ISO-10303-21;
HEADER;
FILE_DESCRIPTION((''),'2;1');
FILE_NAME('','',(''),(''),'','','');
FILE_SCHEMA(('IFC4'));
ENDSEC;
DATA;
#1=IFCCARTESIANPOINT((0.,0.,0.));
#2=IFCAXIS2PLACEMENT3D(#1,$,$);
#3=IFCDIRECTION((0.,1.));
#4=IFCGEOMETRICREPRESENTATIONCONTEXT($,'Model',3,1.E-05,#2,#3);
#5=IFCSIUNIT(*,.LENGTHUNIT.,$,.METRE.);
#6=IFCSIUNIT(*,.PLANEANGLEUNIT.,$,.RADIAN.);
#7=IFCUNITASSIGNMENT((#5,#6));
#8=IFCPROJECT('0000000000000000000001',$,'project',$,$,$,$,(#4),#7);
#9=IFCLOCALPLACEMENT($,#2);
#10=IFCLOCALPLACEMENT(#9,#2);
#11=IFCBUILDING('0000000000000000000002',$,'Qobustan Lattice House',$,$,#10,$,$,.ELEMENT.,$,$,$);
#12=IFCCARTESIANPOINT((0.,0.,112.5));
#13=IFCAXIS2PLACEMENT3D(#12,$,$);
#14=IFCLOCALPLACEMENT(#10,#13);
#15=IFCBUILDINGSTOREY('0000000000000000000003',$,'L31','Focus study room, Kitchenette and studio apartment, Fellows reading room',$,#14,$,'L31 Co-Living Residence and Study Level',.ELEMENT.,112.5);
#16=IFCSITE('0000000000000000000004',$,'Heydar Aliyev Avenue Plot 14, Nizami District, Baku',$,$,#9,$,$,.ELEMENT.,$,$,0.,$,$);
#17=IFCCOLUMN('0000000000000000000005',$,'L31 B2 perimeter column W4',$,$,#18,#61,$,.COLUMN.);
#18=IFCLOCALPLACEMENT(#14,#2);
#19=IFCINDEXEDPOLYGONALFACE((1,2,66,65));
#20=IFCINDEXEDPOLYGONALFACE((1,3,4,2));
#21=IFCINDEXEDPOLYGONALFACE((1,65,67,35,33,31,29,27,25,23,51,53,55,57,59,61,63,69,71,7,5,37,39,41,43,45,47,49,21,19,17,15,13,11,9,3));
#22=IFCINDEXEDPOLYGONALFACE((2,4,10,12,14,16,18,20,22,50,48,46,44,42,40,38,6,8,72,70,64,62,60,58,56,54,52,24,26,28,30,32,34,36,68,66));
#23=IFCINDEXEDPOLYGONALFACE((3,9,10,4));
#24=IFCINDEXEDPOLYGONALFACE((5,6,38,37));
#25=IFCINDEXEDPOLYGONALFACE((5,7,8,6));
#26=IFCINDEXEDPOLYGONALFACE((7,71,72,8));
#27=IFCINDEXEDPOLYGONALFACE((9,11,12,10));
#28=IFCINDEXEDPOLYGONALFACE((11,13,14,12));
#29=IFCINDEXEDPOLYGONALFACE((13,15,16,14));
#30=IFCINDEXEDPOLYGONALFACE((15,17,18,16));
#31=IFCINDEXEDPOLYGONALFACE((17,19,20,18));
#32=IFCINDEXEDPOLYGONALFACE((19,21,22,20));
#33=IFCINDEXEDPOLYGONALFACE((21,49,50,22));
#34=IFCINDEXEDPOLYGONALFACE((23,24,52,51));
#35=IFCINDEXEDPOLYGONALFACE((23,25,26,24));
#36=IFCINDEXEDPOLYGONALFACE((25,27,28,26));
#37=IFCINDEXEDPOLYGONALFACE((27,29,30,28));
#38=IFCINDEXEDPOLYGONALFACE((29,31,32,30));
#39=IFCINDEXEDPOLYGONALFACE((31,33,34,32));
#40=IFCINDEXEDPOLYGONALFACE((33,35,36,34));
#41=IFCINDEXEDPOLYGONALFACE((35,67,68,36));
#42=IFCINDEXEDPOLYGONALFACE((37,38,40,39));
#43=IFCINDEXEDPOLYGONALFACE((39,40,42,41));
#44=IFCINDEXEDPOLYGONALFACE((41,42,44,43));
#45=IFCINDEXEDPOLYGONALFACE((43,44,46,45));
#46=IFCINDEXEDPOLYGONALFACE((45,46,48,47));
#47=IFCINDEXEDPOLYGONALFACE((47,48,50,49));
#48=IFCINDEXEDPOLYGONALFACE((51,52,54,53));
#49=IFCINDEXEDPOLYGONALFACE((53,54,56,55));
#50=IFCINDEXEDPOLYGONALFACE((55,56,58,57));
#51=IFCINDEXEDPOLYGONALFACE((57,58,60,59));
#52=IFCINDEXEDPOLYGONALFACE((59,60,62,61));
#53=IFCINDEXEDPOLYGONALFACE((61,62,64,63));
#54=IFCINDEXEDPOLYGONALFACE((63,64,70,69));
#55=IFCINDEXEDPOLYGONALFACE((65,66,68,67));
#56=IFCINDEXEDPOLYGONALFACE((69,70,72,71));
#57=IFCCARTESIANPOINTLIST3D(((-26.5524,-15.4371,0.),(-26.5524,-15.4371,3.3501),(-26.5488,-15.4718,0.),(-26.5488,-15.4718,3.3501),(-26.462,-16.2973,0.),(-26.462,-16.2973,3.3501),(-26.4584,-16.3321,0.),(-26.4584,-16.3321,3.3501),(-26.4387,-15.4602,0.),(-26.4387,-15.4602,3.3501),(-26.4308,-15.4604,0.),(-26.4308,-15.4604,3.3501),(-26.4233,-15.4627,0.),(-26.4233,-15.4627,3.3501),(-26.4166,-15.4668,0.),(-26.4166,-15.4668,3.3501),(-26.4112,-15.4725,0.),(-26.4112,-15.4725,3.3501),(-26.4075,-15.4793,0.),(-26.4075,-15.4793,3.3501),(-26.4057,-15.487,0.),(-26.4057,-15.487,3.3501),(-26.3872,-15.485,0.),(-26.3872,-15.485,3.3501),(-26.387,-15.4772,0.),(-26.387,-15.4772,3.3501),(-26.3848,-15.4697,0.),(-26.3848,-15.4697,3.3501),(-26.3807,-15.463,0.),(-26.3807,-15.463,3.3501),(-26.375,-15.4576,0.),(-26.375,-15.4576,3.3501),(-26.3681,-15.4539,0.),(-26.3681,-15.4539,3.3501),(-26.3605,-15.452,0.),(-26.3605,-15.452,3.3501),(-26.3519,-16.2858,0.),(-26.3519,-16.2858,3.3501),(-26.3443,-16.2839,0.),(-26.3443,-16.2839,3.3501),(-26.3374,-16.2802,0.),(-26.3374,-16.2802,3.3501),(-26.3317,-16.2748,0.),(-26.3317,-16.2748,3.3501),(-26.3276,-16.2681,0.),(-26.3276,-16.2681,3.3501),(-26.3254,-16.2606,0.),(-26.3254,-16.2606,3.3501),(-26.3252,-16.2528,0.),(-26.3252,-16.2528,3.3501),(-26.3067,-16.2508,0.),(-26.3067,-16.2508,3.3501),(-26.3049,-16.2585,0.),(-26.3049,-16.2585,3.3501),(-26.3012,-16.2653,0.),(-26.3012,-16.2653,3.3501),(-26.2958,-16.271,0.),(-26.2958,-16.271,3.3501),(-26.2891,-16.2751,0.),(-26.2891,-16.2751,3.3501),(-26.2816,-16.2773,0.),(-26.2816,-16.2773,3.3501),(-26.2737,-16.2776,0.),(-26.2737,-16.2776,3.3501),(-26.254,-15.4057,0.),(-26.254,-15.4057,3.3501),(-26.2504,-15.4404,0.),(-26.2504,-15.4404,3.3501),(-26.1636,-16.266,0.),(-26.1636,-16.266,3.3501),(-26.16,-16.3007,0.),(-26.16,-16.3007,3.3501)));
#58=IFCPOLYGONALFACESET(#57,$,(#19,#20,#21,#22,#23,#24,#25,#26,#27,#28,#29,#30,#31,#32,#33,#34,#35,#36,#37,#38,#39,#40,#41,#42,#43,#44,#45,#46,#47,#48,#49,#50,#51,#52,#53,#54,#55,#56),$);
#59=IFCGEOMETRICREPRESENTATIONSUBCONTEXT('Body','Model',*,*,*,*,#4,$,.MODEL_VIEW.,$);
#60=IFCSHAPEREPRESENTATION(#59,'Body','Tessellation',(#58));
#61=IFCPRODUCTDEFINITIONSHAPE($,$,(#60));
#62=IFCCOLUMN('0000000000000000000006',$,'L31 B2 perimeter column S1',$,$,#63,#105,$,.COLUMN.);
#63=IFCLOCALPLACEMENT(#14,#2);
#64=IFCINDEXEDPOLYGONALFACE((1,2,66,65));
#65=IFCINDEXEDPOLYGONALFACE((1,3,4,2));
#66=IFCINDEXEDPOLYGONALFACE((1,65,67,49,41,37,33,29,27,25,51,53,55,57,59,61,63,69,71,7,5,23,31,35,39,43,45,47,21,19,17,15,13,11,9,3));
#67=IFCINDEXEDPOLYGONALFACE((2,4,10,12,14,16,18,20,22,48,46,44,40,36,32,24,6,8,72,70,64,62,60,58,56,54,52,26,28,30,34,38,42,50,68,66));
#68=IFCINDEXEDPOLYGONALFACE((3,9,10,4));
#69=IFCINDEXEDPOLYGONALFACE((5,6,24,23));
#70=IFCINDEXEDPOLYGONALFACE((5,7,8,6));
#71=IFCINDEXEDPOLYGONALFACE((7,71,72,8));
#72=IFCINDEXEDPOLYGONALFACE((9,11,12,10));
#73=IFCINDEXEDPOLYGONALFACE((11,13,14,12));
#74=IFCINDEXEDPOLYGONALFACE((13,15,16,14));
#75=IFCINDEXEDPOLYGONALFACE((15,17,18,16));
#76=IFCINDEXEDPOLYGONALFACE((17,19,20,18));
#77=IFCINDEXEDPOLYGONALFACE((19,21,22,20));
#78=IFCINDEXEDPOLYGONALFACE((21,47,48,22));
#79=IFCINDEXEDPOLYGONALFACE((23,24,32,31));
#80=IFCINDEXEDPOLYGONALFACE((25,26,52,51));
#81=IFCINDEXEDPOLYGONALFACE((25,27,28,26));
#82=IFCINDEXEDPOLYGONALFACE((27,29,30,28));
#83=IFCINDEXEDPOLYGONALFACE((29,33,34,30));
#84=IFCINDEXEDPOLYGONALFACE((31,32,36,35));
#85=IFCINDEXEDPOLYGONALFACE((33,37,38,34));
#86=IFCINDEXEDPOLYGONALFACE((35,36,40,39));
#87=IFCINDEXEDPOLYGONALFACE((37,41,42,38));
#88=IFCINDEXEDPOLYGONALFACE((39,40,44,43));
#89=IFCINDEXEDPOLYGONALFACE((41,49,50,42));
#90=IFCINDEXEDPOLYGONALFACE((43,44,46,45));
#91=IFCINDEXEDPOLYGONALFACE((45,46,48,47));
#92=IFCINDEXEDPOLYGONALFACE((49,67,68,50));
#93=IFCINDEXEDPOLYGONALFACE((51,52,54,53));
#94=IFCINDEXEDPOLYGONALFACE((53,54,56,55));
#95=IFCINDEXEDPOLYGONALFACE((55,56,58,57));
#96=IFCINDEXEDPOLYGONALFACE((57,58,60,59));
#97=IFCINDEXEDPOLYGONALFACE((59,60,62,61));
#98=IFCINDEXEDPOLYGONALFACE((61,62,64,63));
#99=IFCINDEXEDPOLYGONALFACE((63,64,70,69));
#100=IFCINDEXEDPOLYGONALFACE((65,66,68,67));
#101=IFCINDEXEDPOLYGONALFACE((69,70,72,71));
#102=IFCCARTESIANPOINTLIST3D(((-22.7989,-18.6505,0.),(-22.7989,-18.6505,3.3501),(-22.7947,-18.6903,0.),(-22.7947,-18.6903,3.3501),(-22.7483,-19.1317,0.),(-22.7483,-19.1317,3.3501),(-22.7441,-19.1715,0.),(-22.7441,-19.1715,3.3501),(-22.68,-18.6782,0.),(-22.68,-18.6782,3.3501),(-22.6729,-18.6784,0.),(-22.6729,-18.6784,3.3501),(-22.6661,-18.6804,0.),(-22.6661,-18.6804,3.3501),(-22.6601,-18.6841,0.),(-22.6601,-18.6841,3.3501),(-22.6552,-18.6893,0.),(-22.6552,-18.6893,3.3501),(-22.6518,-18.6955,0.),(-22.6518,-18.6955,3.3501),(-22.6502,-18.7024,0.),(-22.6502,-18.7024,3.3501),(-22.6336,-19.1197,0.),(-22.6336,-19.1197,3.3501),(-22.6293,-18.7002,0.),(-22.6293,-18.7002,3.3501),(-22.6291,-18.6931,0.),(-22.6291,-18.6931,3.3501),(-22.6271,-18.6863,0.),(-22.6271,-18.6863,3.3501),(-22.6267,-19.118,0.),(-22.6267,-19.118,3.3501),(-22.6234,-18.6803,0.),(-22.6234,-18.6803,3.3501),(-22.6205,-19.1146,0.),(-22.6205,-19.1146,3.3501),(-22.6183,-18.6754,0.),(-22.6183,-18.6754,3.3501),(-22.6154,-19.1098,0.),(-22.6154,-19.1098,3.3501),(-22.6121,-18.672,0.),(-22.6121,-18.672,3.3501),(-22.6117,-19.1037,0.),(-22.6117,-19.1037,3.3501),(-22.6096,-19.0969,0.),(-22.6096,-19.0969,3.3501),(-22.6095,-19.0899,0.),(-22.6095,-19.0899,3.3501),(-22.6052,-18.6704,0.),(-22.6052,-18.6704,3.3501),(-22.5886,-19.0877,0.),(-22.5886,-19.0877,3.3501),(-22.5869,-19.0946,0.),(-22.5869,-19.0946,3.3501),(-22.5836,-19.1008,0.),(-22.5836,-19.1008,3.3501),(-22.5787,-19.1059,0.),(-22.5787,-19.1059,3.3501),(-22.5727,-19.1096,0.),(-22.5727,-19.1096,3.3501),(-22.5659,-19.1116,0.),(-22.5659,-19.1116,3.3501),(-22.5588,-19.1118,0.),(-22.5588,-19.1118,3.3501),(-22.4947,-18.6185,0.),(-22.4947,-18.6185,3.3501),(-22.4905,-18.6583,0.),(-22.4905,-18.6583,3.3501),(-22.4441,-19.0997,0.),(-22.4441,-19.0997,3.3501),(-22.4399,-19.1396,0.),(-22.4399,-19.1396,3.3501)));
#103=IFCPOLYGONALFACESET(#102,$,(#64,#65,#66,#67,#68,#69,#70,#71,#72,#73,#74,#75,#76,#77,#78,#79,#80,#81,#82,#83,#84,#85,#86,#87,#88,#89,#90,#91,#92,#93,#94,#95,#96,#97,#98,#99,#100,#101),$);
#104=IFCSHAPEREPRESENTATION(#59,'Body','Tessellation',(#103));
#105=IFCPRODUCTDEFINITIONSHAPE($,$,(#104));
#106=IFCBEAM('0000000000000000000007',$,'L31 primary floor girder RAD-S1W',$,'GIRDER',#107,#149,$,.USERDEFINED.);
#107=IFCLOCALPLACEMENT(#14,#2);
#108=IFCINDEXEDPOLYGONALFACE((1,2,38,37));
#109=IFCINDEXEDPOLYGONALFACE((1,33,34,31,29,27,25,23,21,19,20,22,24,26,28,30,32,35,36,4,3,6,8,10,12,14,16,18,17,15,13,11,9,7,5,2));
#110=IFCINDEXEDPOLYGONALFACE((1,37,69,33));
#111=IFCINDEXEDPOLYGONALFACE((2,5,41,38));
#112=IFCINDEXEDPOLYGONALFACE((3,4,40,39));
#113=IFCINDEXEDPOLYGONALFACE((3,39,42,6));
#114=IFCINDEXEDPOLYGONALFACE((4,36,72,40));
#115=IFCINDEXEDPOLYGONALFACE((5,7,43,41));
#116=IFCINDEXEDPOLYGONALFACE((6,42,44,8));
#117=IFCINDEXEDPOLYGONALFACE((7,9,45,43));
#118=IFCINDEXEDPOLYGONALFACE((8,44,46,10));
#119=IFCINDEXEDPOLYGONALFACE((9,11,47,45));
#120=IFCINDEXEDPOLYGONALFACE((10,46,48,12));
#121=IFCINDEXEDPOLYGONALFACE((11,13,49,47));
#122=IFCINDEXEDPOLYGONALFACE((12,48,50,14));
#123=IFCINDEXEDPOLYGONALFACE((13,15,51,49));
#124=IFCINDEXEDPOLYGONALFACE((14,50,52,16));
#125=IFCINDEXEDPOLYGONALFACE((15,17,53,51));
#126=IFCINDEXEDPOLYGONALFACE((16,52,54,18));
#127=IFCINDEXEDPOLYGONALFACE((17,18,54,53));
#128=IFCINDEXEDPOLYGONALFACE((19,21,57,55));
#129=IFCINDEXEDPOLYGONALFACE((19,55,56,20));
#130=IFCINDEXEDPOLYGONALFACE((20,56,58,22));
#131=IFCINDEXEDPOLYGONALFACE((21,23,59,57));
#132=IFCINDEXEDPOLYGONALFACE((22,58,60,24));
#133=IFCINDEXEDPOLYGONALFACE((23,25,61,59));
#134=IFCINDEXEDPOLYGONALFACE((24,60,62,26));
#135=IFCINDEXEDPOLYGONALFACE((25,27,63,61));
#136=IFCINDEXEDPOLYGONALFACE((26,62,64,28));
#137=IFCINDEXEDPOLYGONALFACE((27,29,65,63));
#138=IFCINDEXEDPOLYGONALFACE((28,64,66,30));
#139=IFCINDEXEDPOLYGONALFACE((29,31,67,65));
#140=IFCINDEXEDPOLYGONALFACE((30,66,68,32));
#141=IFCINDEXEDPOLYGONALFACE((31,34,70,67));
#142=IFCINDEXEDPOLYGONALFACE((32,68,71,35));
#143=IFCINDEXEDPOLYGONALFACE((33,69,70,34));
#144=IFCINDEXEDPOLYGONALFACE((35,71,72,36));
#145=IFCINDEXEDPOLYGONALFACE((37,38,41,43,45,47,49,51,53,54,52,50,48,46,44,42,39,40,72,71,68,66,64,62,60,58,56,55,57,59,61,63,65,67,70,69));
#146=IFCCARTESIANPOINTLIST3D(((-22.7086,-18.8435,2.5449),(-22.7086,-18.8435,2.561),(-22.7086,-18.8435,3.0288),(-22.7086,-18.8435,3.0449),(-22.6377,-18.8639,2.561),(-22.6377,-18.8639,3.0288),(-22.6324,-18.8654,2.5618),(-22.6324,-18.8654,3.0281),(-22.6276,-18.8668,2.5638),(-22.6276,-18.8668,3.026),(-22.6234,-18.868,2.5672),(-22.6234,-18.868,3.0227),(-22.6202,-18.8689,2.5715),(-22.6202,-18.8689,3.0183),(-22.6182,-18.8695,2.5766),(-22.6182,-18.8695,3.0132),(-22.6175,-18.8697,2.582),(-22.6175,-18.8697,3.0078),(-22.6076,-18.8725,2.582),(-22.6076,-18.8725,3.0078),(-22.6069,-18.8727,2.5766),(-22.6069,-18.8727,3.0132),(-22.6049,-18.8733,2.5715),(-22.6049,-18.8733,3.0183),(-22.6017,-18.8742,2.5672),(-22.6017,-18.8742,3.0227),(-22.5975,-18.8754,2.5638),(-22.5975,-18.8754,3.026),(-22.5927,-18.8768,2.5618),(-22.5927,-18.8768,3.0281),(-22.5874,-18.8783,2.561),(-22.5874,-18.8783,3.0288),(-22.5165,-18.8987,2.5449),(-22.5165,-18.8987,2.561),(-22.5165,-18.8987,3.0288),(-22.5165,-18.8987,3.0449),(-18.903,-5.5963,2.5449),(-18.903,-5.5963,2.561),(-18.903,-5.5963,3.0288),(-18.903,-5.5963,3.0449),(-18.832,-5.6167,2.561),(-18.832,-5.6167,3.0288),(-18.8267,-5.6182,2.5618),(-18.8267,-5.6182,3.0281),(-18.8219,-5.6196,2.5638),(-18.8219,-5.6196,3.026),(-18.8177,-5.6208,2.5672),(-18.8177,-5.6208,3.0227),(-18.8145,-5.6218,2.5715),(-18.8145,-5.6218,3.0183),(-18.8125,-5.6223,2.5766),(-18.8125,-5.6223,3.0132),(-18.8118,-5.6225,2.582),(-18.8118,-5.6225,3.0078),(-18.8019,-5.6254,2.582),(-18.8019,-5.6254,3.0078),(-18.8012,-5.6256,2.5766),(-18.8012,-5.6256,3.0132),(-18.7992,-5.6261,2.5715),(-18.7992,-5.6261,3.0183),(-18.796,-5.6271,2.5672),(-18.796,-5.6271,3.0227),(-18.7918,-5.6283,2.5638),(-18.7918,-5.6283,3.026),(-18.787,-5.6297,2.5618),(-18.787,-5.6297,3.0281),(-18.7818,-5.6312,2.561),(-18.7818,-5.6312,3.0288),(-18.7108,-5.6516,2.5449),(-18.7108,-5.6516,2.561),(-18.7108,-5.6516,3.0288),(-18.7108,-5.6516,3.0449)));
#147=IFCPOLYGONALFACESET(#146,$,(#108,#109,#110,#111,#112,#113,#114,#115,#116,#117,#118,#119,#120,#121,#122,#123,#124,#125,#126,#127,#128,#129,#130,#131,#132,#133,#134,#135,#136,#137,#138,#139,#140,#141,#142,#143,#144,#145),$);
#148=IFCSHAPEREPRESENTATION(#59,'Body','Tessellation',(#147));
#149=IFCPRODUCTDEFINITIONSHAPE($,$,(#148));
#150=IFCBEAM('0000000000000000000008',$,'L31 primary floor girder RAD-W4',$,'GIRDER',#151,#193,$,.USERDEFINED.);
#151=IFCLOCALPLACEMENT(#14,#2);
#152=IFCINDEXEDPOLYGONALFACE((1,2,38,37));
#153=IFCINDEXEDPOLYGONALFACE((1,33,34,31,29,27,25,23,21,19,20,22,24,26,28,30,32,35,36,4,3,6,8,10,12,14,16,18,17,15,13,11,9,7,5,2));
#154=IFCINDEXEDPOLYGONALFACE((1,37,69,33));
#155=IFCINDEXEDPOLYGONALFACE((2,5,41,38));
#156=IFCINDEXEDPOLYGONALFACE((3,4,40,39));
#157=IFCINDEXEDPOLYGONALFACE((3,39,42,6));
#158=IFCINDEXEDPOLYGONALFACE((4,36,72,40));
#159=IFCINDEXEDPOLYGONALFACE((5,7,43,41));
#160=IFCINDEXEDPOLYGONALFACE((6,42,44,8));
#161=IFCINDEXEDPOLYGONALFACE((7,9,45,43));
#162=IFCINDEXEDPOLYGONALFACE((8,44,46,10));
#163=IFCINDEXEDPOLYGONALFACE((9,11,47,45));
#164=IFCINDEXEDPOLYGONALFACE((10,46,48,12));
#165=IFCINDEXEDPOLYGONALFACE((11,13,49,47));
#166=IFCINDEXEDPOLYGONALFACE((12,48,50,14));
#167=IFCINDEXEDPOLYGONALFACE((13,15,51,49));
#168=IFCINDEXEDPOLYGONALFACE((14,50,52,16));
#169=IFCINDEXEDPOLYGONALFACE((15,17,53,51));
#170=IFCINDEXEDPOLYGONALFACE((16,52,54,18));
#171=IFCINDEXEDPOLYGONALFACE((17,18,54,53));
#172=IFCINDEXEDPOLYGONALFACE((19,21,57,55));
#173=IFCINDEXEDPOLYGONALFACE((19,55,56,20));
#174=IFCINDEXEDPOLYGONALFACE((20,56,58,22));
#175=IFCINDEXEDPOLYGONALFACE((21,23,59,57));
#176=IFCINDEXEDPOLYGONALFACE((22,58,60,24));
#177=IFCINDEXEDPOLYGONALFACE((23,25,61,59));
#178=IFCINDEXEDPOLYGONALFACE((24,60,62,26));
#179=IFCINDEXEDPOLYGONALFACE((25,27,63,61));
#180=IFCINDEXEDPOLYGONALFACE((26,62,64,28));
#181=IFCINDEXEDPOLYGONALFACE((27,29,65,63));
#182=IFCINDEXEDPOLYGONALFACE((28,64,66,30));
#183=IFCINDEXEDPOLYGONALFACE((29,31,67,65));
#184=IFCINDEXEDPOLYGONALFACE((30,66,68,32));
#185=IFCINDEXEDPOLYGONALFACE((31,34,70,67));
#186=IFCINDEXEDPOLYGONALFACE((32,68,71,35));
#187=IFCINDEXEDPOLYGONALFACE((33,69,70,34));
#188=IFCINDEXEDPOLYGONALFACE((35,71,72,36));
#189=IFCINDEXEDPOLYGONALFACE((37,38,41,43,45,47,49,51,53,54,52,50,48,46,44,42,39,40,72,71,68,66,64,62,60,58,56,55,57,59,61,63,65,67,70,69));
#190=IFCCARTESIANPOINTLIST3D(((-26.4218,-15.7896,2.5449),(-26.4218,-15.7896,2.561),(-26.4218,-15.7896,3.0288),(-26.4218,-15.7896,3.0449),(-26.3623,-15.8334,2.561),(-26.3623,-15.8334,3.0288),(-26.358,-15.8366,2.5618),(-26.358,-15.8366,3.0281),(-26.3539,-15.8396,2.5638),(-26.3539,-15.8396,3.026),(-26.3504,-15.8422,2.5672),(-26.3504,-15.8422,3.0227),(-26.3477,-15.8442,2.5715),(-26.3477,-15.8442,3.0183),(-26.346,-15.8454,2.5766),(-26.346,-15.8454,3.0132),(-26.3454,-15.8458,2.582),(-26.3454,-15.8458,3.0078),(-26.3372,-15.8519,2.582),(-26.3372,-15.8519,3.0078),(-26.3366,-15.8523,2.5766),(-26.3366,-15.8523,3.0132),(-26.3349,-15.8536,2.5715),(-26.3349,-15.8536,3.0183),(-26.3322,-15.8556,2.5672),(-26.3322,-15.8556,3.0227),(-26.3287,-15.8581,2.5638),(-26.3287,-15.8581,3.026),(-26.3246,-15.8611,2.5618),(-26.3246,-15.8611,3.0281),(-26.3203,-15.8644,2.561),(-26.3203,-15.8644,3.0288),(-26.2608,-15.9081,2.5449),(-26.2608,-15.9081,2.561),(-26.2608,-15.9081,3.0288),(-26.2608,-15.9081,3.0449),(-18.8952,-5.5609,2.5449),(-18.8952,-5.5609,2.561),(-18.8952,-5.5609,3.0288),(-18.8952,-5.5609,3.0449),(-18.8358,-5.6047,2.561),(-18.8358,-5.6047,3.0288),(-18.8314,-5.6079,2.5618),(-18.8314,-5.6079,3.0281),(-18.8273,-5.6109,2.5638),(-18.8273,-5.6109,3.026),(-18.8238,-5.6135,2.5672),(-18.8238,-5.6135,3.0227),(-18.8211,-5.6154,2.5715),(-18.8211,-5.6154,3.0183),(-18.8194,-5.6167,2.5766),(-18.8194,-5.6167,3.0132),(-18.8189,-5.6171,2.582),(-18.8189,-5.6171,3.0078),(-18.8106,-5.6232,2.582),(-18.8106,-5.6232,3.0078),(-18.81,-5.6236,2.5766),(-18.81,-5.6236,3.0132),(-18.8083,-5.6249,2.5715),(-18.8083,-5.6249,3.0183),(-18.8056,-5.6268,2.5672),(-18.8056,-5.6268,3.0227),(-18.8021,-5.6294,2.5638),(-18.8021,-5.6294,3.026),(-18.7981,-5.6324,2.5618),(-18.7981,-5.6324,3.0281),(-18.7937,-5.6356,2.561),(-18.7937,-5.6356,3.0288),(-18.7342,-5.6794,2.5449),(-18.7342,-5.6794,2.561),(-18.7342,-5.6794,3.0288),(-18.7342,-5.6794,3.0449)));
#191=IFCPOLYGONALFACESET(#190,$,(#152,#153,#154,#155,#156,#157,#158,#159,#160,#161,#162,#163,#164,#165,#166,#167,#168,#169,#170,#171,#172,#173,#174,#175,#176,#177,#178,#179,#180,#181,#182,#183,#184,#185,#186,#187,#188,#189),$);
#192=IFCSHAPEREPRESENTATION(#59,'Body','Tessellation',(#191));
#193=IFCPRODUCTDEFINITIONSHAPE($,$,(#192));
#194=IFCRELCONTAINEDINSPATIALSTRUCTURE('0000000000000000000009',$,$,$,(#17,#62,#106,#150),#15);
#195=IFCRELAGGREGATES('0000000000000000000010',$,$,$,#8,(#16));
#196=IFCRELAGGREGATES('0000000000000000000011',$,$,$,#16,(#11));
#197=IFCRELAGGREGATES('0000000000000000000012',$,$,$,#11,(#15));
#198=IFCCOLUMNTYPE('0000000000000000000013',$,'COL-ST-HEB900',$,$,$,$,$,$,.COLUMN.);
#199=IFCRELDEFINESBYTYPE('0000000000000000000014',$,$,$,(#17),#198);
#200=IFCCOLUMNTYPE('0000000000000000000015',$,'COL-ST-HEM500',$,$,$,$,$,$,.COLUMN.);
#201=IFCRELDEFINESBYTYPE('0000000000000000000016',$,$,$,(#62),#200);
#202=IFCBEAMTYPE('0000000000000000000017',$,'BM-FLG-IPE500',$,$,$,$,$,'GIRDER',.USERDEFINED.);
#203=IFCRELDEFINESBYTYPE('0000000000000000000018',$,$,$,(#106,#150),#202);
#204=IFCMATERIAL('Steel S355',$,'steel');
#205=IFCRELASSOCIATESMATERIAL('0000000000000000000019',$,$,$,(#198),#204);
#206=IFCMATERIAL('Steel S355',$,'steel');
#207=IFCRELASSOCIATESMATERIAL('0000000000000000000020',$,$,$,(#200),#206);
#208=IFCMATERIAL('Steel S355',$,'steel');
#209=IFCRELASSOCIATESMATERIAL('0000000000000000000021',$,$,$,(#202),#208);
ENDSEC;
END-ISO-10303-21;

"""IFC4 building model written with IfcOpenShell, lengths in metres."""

from ifc_helpers import new_model, si_unit, direction, frame, origin, origin_2d, place, context, subcontext, project, spatial, i_section, extrude, material, material_profile, profile_set, type_object, element, save


model = new_model("IFC4")

# Units and contexts
model_context = context("Model", 3, precision=1e-05, world=origin(), true_north=direction((0.0, 1.0)))
body_context = subcontext(model_context, "Body", "Model", "MODEL_VIEW")
ifc_project = project(units=[si_unit("LENGTHUNIT", "METRE"), si_unit("PLANEANGLEUNIT", "RADIAN")], contexts=[model_context])

# Site, building, storey
site_placement = place(None, origin())
site = spatial("IfcSite", under=ifc_project, at=site_placement, Name="Heydar Aliyev Avenue Plot 14, Nizami District, Baku", CompositionType="ELEMENT", RefElevation=0.0)
building_placement = place(site_placement, origin())
building = spatial("IfcBuilding", under=site, at=building_placement, Name="Qobustan Lattice House", CompositionType="ELEMENT")
storey_placement = place(building_placement, frame((0.0, 0.0, 112.5)))
storey = spatial("IfcBuildingStorey", under=building, at=storey_placement, Name="L31", Description="Focus study room, Kitchenette and studio apartment, Fellows reading room", LongName="L31 Co-Living Residence and Study Level", CompositionType="ELEMENT", Elevation=112.5)

# Columns
ifc_material_1 = material(Name="Steel S355", Category="steel")
ifc_material_profile_1 = material_profile(ifc_material_1, i_section(OverallWidth=0.3, OverallDepth=0.8999, WebThickness=0.0186, FlangeThickness=0.0349, FilletRadius=0.03, at=origin_2d()), Name="HEB900")
ifc_profile_set_1 = profile_set([ifc_material_profile_1], Name="Steel S355")
column_type_1 = type_object("IfcColumnType", Name="COL-ST-HEB900", PredefinedType="COLUMN", material=ifc_profile_set_1)
column_1_placement = place(storey_placement, frame((-26.3562, -15.8689, 0.0), z_axis=(0.0, 0.0, 1.0), x_axis=(0.994522, 0.104528, 0.0)))
element("IfcColumn", 1, at=column_1_placement, inside=storey, type_object=column_type_1, Name="L31 B2 perimeter column W4", PredefinedType="COLUMN", context=body_context, shape_type="SweptSolid", body=[
    extrude(i_section(OverallWidth=0.3, OverallDepth=0.8999, WebThickness=0.0186, FlangeThickness=0.0349, FilletRadius=0.03, at=origin_2d()), origin(), (0.0, 0.0, 1.0), 3.3501),
])
ifc_material_2 = material(Name="Steel S355", Category="steel")
ifc_material_profile_2 = material_profile(ifc_material_2, i_section(OverallWidth=0.3059, OverallDepth=0.5239, WebThickness=0.021, FlangeThickness=0.04, FilletRadius=0.0271, at=origin_2d()), Name="HEM500")
ifc_profile_set_2 = profile_set([ifc_material_profile_2], Name="Steel S355")
column_type_2 = type_object("IfcColumnType", Name="COL-ST-HEM500", PredefinedType="COLUMN", material=ifc_profile_set_2)
column_2_placement = place(storey_placement, frame((-22.6194, -18.895, 0.0), z_axis=(0.0, 0.0, 1.0), x_axis=(0.994522, 0.104528, 0.0)))
element("IfcColumn", 2, at=column_2_placement, inside=storey, type_object=column_type_2, Name="L31 B2 perimeter column S1", PredefinedType="COLUMN", context=body_context, shape_type="SweptSolid", body=[
    extrude(i_section(OverallWidth=0.3059, OverallDepth=0.5239, WebThickness=0.021, FlangeThickness=0.04, FilletRadius=0.0271, at=origin_2d()), origin(), (0.0, 0.0, 1.0), 3.3501),
])

# Beams
ifc_material_3 = material(Name="Steel S355", Category="steel")
ifc_material_profile_3 = material_profile(ifc_material_3, i_section(OverallWidth=0.2, OverallDepth=0.5, WebThickness=0.0103, FlangeThickness=0.0161, FilletRadius=0.021, at=origin_2d()), Name="IPE500")
ifc_profile_set_3 = profile_set([ifc_material_profile_3], Name="Steel S355")
beam_type_1 = type_object("IfcBeamType", Name="BM-FLG-IPE500", ElementType="GIRDER", PredefinedType="USERDEFINED", material=ifc_profile_set_3)
beam_1_placement = place(storey_placement, frame((-22.6125, -18.8711, 2.7949), z_axis=(0.276115, 0.961125, 0.0), x_axis=(-0.961125, 0.276115, 0.0)))
element("IfcBeam", 3, at=beam_1_placement, inside=storey, type_object=beam_type_1, Name="L31 primary floor girder RAD-S1W", ObjectType="GIRDER", PredefinedType="USERDEFINED", context=body_context, shape_type="SweptSolid", body=[
    extrude(i_section(OverallWidth=0.2, OverallDepth=0.5, WebThickness=0.0103, FlangeThickness=0.0161, FilletRadius=0.021, at=origin_2d()), origin(), (0.0, 0.0, 1.0), 13.783),
])
beam_2_placement = place(storey_placement, frame((-26.3413, -15.8489, 2.7949), z_axis=(0.59267, 0.805446, 0.0), x_axis=(-0.805446, 0.59267, 0.0)))
element("IfcBeam", 4, at=beam_2_placement, inside=storey, type_object=beam_type_1, Name="L31 primary floor girder RAD-W4", ObjectType="GIRDER", PredefinedType="USERDEFINED", context=body_context, shape_type="SweptSolid", body=[
    extrude(i_section(OverallWidth=0.2, OverallDepth=0.5, WebThickness=0.0103, FlangeThickness=0.0161, FilletRadius=0.021, at=origin_2d()), origin(), (0.0, 0.0, 1.0), 12.6995),
])

save(model, "model.ifc")
